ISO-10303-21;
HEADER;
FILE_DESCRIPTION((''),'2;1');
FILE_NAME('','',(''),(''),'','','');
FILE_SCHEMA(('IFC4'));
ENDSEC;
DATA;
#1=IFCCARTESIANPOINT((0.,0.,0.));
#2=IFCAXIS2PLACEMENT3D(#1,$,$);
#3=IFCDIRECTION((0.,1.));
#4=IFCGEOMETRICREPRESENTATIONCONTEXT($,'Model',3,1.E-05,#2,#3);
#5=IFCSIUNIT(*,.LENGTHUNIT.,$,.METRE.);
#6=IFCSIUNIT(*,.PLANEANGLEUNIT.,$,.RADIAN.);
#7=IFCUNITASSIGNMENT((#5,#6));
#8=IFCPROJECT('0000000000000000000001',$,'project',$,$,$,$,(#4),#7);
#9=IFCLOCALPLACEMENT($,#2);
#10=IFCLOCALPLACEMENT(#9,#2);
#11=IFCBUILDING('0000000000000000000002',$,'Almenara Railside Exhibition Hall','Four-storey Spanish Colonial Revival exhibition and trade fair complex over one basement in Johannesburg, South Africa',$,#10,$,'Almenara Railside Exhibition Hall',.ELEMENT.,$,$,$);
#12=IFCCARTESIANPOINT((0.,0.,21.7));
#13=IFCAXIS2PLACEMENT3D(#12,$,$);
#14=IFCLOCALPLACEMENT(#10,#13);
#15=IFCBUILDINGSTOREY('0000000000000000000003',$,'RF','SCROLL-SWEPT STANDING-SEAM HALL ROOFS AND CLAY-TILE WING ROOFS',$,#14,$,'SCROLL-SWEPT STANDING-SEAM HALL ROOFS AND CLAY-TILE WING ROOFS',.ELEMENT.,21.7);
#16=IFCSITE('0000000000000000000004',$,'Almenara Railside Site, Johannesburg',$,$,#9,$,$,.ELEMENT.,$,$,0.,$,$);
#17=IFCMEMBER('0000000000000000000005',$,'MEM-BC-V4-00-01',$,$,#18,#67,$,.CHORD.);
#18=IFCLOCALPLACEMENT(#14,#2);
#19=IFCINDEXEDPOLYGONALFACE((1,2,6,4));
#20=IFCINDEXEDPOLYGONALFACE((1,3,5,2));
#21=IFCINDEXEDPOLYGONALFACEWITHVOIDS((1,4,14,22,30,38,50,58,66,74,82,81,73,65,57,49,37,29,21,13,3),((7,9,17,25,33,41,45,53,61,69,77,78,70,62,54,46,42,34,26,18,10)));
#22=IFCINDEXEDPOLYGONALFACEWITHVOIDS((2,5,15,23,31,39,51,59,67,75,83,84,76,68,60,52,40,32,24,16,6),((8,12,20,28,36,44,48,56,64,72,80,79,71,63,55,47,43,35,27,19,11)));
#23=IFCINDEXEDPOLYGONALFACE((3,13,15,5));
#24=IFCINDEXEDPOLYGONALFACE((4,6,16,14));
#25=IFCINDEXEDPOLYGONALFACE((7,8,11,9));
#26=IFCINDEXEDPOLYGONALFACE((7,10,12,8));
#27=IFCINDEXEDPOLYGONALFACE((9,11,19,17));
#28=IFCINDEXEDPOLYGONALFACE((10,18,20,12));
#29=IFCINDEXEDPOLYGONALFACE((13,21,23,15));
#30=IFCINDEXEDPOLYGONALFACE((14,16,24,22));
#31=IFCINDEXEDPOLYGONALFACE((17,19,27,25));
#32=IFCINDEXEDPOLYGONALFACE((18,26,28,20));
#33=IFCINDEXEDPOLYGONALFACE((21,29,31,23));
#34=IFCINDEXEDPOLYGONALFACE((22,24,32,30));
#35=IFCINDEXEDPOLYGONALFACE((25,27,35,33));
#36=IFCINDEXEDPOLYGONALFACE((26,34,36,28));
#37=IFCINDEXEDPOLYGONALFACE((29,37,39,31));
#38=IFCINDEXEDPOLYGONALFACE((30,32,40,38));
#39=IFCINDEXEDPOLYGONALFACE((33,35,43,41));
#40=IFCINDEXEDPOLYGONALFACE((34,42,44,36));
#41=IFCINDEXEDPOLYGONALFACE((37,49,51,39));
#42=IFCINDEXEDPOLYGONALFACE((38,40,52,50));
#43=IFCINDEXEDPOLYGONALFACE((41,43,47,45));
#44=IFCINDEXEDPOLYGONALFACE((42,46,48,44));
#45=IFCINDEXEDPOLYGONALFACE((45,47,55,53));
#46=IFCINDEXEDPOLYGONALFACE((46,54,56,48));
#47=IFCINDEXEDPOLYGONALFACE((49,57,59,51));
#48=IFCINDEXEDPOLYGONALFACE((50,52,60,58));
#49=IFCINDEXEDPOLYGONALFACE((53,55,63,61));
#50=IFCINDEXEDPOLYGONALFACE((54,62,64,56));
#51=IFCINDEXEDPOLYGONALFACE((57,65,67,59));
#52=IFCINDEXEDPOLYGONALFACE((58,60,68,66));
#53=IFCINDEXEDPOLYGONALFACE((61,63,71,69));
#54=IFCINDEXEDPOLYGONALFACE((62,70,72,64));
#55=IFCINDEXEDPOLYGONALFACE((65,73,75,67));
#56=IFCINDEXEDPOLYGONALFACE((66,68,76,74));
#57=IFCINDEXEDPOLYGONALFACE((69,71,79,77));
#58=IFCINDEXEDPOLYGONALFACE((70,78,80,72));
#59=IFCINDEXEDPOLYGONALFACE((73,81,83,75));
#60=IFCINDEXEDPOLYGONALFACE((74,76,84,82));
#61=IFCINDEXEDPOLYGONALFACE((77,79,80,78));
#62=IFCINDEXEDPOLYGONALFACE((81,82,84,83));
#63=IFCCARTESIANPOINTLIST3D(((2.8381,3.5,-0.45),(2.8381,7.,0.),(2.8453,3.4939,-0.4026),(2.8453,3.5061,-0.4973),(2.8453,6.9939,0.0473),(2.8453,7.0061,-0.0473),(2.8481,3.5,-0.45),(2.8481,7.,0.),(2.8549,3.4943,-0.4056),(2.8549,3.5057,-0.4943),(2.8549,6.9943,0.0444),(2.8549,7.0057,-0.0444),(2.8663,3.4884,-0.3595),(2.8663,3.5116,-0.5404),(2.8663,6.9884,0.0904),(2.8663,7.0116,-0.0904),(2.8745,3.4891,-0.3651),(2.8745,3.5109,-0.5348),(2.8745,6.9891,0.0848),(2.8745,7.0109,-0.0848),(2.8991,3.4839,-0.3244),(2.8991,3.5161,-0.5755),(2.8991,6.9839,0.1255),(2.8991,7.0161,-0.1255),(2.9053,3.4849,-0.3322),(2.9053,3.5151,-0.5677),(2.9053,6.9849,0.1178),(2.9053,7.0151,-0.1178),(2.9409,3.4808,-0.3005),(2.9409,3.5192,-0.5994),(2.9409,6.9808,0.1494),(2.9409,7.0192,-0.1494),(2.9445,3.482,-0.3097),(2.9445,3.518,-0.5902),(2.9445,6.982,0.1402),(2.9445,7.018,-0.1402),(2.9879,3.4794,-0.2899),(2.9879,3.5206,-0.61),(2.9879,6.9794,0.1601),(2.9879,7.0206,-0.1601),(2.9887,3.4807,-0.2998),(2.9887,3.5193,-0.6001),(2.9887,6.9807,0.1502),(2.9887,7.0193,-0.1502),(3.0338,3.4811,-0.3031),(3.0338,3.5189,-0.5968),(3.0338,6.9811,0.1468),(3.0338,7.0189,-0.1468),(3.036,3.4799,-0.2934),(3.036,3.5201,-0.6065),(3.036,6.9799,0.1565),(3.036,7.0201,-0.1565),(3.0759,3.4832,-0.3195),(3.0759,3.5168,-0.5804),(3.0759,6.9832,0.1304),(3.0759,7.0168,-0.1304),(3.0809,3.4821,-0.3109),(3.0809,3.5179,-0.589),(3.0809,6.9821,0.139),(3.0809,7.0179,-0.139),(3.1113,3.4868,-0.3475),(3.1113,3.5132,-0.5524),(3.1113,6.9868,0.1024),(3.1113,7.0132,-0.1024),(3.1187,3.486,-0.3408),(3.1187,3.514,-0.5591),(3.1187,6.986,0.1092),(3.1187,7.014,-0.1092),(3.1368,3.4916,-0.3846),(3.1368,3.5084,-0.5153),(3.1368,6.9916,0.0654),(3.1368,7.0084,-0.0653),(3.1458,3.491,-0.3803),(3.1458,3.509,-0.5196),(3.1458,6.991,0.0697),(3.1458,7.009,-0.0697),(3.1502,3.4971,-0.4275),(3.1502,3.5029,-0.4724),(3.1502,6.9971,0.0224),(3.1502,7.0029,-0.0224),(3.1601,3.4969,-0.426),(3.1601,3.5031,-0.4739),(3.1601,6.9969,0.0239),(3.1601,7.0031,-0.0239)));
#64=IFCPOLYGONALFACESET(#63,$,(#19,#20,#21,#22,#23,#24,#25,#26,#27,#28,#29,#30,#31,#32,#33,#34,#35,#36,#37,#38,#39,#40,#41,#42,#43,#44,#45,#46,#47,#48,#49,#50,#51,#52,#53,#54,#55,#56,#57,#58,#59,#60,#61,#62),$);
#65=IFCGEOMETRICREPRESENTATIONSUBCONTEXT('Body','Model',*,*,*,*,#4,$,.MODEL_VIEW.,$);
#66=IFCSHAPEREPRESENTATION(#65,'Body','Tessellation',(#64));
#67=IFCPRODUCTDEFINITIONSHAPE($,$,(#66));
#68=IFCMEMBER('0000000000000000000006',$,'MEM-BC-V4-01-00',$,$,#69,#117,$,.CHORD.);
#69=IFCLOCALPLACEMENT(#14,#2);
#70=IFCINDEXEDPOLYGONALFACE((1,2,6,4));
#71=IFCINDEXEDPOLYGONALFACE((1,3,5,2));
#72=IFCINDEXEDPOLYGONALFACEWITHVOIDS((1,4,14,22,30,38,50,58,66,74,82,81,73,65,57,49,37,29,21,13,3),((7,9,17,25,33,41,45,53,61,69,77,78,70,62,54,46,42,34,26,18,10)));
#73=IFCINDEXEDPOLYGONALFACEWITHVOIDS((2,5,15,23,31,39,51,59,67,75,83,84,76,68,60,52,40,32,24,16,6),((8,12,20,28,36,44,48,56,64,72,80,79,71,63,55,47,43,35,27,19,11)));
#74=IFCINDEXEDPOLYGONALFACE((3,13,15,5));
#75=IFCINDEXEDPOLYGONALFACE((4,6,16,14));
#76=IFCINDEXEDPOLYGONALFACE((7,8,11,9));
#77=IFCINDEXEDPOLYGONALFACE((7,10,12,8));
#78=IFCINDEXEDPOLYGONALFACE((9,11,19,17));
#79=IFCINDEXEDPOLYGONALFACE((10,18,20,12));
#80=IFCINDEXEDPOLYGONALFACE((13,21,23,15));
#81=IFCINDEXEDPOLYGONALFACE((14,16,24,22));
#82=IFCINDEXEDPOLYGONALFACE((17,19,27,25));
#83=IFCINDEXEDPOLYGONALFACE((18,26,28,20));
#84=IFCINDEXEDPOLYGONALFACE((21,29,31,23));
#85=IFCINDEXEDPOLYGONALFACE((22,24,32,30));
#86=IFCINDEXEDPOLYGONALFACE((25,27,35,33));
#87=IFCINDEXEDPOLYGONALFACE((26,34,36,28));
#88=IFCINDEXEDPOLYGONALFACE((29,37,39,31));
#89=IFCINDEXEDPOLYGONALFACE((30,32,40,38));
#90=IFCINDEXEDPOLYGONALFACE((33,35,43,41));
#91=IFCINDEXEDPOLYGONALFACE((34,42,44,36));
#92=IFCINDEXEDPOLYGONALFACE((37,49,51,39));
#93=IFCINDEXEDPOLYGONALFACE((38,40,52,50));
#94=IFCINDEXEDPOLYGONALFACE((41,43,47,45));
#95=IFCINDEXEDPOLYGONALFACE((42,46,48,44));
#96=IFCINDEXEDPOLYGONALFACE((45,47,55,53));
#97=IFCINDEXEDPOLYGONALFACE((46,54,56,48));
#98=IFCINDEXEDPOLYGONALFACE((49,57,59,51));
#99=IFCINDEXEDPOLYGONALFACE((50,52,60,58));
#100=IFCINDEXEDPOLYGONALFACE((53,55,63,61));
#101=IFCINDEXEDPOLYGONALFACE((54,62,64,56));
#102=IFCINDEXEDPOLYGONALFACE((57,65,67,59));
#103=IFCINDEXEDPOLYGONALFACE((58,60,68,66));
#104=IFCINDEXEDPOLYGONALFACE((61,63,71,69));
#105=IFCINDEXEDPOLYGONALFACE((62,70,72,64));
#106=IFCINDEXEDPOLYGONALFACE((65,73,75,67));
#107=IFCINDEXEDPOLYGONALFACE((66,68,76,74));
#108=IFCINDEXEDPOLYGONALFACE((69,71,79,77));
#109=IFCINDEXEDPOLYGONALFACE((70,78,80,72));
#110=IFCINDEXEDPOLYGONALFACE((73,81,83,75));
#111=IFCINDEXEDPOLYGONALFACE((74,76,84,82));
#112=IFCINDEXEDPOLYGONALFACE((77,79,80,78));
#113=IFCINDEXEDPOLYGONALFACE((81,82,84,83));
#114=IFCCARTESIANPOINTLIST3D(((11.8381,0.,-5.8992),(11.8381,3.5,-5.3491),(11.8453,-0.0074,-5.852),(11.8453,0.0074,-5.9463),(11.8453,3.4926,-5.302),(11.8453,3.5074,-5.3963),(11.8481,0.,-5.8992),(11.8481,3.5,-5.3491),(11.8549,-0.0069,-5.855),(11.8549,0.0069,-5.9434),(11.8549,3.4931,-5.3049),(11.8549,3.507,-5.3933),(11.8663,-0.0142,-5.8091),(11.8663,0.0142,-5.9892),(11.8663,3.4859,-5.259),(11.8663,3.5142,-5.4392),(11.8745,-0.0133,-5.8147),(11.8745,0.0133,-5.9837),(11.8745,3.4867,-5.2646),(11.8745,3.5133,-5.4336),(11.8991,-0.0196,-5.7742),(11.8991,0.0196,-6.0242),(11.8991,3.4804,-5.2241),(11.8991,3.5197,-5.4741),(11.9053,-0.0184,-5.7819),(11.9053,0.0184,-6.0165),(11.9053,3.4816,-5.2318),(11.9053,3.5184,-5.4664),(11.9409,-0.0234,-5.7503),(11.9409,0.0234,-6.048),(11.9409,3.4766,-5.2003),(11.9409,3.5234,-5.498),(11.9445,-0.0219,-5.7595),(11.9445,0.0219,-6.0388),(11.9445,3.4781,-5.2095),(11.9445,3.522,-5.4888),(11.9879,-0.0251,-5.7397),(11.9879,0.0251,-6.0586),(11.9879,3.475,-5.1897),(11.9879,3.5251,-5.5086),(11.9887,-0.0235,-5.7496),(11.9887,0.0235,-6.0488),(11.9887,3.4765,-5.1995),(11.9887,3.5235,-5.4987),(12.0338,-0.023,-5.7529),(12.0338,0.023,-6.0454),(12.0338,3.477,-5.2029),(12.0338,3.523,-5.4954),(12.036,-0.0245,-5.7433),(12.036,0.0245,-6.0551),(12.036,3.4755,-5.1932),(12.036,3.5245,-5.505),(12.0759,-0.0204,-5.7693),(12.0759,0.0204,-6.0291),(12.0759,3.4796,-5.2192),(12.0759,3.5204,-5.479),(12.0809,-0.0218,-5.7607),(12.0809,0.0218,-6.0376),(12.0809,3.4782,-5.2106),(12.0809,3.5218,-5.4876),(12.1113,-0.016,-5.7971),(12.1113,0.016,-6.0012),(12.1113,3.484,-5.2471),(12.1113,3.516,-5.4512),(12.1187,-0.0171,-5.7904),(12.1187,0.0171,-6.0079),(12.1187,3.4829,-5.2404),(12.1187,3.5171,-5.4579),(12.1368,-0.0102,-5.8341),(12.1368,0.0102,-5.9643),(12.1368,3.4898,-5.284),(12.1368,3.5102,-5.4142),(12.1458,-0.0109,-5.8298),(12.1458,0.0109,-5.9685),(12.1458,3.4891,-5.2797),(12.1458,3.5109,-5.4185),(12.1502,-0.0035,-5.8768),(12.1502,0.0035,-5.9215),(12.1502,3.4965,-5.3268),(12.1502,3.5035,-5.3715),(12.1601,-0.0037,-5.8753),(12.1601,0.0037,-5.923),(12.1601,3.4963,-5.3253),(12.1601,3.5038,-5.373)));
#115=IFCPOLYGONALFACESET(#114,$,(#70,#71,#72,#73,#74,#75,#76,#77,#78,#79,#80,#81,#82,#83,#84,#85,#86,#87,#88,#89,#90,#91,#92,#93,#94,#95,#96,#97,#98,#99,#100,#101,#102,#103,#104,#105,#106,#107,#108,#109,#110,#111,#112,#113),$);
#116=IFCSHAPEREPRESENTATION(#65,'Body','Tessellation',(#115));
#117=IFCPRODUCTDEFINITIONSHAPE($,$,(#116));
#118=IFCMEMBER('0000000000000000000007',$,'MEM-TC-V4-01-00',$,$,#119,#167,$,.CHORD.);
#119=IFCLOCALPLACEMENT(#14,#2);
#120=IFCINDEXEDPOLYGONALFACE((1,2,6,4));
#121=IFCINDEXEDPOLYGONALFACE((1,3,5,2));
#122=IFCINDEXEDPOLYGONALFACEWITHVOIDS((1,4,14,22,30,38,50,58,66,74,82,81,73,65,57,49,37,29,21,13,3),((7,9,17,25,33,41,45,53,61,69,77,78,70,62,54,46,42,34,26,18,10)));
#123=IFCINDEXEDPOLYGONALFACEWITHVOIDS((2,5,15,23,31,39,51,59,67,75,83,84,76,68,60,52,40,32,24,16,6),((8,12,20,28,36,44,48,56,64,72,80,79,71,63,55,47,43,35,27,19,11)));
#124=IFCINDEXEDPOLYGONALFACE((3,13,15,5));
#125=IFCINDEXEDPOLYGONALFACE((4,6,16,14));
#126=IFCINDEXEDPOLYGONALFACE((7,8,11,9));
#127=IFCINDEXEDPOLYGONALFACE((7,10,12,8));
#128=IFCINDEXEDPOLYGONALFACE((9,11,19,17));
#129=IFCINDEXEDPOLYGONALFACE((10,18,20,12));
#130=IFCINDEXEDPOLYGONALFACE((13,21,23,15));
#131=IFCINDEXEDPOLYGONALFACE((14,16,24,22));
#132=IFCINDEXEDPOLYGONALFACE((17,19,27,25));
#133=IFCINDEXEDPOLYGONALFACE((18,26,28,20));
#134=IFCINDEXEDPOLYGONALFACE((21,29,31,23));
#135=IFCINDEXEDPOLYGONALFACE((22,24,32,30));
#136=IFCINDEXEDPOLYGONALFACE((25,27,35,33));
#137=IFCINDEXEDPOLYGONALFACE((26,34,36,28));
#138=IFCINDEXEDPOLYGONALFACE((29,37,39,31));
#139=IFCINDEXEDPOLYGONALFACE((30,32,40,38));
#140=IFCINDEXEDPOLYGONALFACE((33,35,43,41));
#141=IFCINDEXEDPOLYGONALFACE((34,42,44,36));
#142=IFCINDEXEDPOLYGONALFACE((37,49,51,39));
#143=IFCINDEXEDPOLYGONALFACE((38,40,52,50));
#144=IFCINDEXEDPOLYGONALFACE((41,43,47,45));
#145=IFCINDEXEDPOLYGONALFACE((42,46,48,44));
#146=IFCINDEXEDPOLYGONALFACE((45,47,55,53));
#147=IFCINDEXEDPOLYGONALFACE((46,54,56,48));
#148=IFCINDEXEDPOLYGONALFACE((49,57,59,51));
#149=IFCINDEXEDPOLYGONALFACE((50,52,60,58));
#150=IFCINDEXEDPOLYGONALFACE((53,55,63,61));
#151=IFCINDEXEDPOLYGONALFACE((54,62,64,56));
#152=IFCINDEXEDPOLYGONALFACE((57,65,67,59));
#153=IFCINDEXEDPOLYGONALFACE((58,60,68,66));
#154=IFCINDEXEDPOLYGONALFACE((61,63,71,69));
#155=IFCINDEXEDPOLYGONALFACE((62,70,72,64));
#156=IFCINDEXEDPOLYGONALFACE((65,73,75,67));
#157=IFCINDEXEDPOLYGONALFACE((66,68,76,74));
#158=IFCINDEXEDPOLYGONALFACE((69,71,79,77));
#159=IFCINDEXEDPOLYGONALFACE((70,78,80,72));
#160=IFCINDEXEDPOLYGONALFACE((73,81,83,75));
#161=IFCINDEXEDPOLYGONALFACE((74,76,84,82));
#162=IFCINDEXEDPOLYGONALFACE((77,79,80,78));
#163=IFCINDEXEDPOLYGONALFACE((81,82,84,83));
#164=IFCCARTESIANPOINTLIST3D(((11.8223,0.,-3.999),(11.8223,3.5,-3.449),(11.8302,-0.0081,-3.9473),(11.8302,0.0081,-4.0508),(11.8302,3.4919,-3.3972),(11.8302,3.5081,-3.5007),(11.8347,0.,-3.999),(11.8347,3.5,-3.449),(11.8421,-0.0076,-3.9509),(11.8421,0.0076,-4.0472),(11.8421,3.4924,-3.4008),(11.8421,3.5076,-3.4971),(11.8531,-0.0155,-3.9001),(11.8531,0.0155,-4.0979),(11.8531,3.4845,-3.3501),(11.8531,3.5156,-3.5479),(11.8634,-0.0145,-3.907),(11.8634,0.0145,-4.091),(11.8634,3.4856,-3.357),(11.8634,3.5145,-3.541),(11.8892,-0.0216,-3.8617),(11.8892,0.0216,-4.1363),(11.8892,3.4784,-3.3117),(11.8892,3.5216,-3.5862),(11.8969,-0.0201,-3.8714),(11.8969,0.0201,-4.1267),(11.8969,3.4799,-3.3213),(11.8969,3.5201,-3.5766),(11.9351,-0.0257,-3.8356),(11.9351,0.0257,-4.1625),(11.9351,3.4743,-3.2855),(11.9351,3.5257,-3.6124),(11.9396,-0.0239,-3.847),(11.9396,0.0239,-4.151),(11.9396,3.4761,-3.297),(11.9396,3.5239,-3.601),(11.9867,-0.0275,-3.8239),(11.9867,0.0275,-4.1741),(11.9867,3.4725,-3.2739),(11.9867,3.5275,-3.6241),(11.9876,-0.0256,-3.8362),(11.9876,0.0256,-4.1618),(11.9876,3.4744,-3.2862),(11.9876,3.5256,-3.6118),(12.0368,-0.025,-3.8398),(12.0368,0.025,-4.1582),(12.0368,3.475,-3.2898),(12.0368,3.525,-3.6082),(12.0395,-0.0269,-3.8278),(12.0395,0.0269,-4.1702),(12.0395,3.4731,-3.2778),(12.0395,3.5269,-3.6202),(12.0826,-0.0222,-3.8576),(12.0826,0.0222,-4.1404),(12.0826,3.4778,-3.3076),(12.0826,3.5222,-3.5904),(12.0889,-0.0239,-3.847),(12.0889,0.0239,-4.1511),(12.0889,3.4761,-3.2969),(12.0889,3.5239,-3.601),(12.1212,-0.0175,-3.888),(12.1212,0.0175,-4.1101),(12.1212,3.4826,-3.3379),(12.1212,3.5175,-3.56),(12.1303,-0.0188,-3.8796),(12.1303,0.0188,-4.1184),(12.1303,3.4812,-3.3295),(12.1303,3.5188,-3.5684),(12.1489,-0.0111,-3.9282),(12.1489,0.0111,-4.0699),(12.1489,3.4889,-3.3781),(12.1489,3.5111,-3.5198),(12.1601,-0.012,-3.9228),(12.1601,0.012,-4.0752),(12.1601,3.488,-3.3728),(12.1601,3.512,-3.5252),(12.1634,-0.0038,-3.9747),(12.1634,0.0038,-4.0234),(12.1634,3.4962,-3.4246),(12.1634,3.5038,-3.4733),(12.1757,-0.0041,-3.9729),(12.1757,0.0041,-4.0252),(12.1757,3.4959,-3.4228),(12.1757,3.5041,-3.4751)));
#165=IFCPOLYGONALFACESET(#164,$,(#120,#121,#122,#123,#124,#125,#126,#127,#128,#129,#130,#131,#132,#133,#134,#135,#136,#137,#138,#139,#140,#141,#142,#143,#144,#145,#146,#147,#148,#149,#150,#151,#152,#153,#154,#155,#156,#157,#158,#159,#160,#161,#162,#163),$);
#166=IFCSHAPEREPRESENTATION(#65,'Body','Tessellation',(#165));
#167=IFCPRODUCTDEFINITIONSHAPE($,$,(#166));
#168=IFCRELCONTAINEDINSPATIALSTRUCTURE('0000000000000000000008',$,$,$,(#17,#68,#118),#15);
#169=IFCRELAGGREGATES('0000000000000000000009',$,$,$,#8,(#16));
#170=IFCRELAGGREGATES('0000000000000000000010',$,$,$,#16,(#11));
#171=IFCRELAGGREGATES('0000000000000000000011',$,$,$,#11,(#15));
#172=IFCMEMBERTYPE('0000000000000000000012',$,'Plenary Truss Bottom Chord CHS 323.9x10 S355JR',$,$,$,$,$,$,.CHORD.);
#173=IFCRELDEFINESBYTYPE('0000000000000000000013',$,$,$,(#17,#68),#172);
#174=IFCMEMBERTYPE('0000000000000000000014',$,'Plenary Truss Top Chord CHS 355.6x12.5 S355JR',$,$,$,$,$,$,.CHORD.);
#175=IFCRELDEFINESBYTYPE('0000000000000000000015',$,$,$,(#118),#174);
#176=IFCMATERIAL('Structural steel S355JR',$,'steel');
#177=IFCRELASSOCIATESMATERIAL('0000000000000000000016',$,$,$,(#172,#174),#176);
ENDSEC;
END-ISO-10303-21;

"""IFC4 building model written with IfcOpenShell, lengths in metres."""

from ifc_helpers import new_model, si_unit, direction, frame, origin, origin_2d, place, context, subcontext, project, spatial, hollow_circle, extrude, material, material_profile, profile_set, type_object, element, save


model = new_model("IFC4")

# Units and contexts
model_context = context("Model", 3, precision=1e-05, world=origin(), true_north=direction((0.0, 1.0)))
body_context = subcontext(model_context, "Body", "Model", "MODEL_VIEW")
ifc_project = project(units=[si_unit("LENGTHUNIT", "METRE"), si_unit("PLANEANGLEUNIT", "RADIAN")], contexts=[model_context])

# Site, building, storey
site_placement = place(None, origin())
site = spatial("IfcSite", under=ifc_project, at=site_placement, Name="Almenara Railside Site, Johannesburg", CompositionType="ELEMENT", RefElevation=0.0)
building_placement = place(site_placement, origin())
building = spatial("IfcBuilding", under=site, at=building_placement, Name="Almenara Railside Exhibition Hall", Description="Four-storey Spanish Colonial Revival exhibition and trade fair complex over one basement in Johannesburg, South Africa", LongName="Almenara Railside Exhibition Hall", CompositionType="ELEMENT")
storey_placement = place(building_placement, frame((0.0, 0.0, 21.7)))
storey = spatial("IfcBuildingStorey", under=building, at=storey_placement, Name="RF", Description="SCROLL-SWEPT STANDING-SEAM HALL ROOFS AND CLAY-TILE WING ROOFS", LongName="SCROLL-SWEPT STANDING-SEAM HALL ROOFS AND CLAY-TILE WING ROOFS", CompositionType="ELEMENT", Elevation=21.7)

# Shared definitions
ifc_material = material(Name="Structural steel S355JR", Category="steel")

# Members
ifc_material_profile_1 = material_profile(ifc_material, hollow_circle(Radius=0.1619, WallThickness=0.01, at=origin_2d()), Name="CHS 323.9x10")
ifc_profile_set_1 = profile_set([ifc_material_profile_1], Name="Structural steel S355JR")
member_type_1 = type_object("IfcMemberType", Name="Plenary Truss Bottom Chord CHS 323.9x10 S355JR", PredefinedType="CHORD", material=ifc_profile_set_1)
member_1_placement = place(storey_placement, frame((3.0, 3.5, -0.45), z_axis=(0.0, 0.991838, 0.127508), x_axis=(-1.0, 0.0, 0.0)))
element("IfcMember", 1, at=member_1_placement, inside=storey, type_object=member_type_1, Name="MEM-BC-V4-00-01", PredefinedType="CHORD", context=body_context, shape_type="SweptSolid", body=[
    extrude(hollow_circle(Radius=0.1619, WallThickness=0.01, at=origin_2d()), origin(), (0.0, 0.0, 1.0), 3.5288),
])
member_2_placement = place(storey_placement, frame((12.0, 0.0, -5.8992), z_axis=(0.0, 0.987875, 0.155251), x_axis=(-1.0, 0.0, 0.0)))
element("IfcMember", 2, at=member_2_placement, inside=storey, type_object=member_type_1, Name="MEM-BC-V4-01-00", PredefinedType="CHORD", context=body_context, shape_type="SweptSolid", body=[
    extrude(hollow_circle(Radius=0.1619, WallThickness=0.01, at=origin_2d()), origin(), (0.0, 0.0, 1.0), 3.543),
])
ifc_material_profile_2 = material_profile(ifc_material, hollow_circle(Radius=0.1777, WallThickness=0.0125, at=origin_2d()), Name="CHS 355.6x12.5")
ifc_profile_set_2 = profile_set([ifc_material_profile_2], Name="Structural steel S355JR")
member_type_2 = type_object("IfcMemberType", Name="Plenary Truss Top Chord CHS 355.6x12.5 S355JR", PredefinedType="CHORD", material=ifc_profile_set_2)
member_3_placement = place(storey_placement, frame((12.0, 0.0, -3.999), z_axis=(0.0, 0.987875, 0.155251), x_axis=(-1.0, 0.0, 0.0)))
element("IfcMember", 3, at=member_3_placement, inside=storey, type_object=member_type_2, Name="MEM-TC-V4-01-00", PredefinedType="CHORD", context=body_context, shape_type="SweptSolid", body=[
    extrude(hollow_circle(Radius=0.1777, WallThickness=0.0125, at=origin_2d()), origin(), (0.0, 0.0, 1.0), 3.543),
])

save(model, "model.ifc")
